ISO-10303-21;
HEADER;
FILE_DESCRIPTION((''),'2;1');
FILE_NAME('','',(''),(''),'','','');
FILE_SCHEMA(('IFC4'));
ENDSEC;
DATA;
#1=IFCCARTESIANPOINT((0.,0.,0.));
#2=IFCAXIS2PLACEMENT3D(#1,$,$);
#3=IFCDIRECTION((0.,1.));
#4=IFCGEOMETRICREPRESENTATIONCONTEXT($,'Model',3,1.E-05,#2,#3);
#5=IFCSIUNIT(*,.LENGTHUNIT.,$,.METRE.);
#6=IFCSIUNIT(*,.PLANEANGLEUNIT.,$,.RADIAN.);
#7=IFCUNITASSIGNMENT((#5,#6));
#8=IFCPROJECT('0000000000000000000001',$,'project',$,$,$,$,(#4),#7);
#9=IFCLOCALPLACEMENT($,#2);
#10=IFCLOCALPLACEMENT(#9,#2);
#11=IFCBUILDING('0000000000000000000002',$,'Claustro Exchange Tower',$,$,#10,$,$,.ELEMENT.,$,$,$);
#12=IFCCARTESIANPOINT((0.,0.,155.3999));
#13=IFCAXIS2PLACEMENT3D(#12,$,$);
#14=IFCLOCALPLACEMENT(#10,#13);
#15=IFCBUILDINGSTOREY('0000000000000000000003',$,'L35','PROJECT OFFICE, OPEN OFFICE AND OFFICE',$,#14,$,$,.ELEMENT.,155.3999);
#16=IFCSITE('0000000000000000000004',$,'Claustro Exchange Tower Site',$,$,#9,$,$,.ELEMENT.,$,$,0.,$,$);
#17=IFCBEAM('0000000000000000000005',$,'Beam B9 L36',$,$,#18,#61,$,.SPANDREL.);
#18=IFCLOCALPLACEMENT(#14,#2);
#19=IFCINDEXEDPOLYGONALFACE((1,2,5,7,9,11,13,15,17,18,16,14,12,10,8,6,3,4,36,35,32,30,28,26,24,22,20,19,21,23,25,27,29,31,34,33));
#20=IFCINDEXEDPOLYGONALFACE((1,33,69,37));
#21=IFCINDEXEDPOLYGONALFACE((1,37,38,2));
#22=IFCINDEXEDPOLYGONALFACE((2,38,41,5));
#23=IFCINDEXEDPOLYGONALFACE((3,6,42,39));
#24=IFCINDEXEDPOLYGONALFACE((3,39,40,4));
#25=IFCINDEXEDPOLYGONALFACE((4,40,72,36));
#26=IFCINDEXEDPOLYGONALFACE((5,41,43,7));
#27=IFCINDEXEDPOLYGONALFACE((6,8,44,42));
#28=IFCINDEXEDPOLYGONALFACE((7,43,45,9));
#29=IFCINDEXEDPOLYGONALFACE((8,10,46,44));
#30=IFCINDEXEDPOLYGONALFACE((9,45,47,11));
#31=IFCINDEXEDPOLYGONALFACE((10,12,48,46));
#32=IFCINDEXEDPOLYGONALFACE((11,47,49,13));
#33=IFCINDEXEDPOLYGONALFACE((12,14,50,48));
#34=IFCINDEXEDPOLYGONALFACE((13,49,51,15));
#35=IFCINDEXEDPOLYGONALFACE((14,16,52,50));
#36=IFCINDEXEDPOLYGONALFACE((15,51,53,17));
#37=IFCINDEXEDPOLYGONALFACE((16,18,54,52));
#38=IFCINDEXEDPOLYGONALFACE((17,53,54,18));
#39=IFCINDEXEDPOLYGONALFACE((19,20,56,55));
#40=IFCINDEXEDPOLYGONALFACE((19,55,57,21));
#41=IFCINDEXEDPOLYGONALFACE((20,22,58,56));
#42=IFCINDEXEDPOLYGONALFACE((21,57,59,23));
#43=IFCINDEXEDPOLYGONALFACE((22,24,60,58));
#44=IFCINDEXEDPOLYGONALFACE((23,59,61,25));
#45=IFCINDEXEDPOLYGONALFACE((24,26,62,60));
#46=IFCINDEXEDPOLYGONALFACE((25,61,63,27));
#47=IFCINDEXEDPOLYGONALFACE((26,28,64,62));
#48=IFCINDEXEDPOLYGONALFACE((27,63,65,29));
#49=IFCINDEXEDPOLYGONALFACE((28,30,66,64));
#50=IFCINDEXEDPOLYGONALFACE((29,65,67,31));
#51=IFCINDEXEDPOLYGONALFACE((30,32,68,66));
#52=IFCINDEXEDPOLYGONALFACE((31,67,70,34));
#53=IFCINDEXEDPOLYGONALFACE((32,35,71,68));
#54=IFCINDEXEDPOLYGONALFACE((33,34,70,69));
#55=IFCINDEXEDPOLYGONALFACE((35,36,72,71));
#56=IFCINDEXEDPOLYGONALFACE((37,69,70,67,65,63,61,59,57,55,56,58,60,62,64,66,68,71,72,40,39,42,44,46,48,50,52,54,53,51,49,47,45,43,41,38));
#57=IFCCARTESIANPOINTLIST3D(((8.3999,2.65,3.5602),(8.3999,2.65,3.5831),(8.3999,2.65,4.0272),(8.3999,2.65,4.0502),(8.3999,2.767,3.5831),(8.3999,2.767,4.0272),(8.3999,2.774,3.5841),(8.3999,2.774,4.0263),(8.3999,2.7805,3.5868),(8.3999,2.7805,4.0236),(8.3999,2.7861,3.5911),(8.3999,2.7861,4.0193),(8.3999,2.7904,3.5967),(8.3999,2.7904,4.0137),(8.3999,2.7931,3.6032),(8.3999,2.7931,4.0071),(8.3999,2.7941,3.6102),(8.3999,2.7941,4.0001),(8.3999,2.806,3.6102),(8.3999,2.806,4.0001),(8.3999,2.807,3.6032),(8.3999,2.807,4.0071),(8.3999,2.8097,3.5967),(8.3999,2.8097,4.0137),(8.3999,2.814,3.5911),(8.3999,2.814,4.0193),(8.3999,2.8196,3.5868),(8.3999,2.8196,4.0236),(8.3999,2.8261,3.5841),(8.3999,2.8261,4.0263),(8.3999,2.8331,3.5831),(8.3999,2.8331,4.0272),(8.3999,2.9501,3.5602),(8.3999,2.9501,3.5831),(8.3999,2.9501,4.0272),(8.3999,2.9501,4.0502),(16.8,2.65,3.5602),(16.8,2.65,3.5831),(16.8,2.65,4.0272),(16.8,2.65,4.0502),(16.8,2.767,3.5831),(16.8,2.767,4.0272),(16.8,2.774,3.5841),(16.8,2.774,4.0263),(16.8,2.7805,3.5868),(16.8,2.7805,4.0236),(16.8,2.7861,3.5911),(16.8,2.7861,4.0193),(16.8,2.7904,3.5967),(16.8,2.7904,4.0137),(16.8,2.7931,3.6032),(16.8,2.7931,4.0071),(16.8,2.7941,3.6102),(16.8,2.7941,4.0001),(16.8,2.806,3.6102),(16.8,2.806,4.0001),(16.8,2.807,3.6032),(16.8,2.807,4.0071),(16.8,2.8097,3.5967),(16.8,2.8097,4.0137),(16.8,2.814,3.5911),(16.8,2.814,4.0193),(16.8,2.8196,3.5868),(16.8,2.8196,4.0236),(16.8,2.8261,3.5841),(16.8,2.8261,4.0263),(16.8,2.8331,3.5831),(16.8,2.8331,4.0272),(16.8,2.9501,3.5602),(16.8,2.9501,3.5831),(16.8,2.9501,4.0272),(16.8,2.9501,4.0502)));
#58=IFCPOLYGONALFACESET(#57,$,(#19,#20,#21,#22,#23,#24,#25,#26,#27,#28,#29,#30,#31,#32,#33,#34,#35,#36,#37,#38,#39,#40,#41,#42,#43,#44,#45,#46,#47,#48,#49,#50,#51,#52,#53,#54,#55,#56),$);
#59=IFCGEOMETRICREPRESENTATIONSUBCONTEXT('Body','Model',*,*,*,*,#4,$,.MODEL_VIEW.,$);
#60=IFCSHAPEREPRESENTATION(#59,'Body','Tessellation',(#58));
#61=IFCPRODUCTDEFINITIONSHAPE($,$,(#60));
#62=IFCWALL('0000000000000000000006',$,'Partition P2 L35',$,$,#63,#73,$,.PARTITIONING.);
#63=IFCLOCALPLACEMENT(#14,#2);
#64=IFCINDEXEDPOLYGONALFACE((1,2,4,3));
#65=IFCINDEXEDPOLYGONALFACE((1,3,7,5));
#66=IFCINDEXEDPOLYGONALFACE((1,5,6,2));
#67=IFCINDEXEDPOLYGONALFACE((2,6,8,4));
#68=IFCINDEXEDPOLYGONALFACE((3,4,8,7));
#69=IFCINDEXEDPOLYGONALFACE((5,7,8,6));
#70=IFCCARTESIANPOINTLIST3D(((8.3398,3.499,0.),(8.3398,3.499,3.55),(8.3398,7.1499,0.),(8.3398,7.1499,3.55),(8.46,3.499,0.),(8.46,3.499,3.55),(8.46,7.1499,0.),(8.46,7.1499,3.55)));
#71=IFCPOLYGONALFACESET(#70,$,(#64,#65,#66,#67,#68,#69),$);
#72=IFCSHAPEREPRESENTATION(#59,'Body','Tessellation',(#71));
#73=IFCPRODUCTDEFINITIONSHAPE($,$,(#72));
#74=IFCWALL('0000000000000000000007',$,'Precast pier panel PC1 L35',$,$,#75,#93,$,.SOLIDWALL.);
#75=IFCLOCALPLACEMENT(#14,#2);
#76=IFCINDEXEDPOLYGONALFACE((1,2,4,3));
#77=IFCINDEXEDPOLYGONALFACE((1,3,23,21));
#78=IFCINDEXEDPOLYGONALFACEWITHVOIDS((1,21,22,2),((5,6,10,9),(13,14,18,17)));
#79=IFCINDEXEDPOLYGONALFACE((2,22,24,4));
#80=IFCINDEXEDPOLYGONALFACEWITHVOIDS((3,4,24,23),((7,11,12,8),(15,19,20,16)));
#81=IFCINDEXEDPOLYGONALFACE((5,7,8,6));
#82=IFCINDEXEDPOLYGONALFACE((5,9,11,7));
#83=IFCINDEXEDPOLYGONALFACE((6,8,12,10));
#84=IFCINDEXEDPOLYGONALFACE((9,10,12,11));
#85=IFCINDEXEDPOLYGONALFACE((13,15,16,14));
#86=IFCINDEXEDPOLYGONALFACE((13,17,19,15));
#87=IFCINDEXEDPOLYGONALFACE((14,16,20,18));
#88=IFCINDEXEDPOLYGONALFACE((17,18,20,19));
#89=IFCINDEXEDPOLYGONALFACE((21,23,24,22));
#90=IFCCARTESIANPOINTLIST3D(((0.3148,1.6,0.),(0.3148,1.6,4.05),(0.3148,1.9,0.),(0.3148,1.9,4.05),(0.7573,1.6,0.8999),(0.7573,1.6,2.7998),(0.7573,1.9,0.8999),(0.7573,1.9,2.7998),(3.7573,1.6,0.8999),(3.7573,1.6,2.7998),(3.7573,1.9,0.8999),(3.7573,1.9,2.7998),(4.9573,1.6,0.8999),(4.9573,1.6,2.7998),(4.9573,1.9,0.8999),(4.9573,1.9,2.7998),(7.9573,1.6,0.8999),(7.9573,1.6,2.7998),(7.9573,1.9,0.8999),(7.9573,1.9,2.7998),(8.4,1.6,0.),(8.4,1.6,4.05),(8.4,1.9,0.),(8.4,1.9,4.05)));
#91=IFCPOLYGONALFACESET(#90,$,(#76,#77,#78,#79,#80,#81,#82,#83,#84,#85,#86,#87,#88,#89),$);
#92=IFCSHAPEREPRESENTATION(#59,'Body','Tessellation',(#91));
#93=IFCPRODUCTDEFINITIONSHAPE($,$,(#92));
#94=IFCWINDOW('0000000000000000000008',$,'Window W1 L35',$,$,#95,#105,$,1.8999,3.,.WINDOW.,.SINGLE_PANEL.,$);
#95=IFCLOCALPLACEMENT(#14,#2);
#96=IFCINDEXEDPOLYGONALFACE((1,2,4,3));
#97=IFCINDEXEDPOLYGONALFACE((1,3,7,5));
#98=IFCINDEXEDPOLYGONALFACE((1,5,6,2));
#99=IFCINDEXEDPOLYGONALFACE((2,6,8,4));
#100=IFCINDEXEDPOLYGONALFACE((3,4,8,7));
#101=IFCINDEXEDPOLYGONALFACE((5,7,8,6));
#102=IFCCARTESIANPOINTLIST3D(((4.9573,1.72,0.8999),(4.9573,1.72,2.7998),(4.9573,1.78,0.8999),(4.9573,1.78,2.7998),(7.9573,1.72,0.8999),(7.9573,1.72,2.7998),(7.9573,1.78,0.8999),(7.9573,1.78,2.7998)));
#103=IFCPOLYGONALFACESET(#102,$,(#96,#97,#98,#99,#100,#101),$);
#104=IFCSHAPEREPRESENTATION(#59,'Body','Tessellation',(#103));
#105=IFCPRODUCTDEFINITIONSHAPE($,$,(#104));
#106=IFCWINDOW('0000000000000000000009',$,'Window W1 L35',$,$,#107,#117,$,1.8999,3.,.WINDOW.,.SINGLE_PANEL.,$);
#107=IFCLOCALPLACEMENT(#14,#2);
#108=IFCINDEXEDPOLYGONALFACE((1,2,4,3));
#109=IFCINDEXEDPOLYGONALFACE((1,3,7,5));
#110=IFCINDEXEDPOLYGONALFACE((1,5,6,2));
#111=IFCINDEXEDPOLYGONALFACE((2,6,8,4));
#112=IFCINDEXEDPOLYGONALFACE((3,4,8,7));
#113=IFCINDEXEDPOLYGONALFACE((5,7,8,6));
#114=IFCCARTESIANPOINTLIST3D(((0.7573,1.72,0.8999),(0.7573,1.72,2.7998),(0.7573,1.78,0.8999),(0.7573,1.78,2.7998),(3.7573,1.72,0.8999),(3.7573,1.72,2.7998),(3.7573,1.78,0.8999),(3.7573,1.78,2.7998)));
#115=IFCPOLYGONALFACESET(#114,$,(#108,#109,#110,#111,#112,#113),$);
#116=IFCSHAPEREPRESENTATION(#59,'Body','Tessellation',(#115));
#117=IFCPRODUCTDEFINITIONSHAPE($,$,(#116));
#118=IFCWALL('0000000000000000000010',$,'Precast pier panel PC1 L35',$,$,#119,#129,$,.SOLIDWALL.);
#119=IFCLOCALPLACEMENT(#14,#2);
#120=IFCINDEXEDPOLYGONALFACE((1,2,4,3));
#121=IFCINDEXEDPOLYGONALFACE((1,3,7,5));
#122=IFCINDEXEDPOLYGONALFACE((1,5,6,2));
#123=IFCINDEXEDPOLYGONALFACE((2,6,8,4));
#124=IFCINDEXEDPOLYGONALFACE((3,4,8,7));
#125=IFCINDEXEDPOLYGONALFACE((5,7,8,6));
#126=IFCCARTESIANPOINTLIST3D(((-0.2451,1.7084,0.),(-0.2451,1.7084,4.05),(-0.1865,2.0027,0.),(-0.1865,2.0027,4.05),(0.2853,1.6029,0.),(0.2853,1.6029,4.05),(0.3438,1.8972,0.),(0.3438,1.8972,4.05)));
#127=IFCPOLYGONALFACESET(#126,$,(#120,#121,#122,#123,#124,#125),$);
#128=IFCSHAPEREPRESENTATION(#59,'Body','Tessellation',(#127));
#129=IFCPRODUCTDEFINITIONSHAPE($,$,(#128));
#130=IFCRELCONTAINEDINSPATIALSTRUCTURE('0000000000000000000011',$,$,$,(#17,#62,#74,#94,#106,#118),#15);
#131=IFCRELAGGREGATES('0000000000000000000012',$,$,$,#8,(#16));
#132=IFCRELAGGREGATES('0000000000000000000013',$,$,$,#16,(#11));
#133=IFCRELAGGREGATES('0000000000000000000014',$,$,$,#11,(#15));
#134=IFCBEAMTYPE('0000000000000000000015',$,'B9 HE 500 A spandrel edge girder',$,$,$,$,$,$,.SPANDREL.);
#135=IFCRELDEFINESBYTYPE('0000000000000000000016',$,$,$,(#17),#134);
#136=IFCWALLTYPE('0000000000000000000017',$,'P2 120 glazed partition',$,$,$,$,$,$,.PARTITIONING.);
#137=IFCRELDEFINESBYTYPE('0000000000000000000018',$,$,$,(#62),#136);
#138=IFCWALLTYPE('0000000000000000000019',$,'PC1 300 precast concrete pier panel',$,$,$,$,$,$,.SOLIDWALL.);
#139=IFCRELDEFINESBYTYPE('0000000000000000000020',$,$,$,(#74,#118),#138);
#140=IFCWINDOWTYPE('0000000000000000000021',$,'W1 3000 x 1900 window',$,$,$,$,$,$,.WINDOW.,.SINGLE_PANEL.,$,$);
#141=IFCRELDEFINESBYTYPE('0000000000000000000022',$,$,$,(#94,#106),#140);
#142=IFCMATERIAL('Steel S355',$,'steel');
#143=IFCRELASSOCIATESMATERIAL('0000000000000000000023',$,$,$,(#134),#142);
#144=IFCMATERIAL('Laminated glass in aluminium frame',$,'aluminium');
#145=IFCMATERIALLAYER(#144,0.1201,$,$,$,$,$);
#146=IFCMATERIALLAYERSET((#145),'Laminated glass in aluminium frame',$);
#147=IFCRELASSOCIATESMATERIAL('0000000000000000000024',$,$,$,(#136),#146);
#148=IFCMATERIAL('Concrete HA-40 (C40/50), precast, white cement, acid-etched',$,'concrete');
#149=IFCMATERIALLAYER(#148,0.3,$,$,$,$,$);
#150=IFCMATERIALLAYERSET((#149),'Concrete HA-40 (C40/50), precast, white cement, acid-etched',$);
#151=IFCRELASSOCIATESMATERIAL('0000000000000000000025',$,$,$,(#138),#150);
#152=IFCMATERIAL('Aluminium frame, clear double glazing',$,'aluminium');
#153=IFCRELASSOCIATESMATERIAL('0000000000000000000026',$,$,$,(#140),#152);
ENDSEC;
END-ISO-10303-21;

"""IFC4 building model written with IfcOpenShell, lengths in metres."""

from ifc_helpers import new_model, si_unit, direction, frame, frame_2d, origin, origin_2d, place, context, subcontext, project, spatial, rectangle, i_section, extrude, material, layer, layer_set, material_profile, profile_set, type_object, element, fill, save


model = new_model("IFC4")

# Units and contexts
model_context = context("Model", 3, precision=1e-05, world=origin(), true_north=direction((0.0, 1.0)))
body_context = subcontext(model_context, "Body", "Model", "MODEL_VIEW")
ifc_project = project(units=[si_unit("LENGTHUNIT", "METRE"), si_unit("PLANEANGLEUNIT", "RADIAN")], contexts=[model_context])

# Site, building, storey
site_placement = place(None, origin())
site = spatial("IfcSite", under=ifc_project, at=site_placement, Name="Claustro Exchange Tower Site", CompositionType="ELEMENT", RefElevation=0.0)
building_placement = place(site_placement, origin())
building = spatial("IfcBuilding", under=site, at=building_placement, Name="Claustro Exchange Tower", CompositionType="ELEMENT")
storey_placement = place(building_placement, frame((0.0, 0.0, 155.3999)))
storey = spatial("IfcBuildingStorey", under=building, at=storey_placement, Name="L35", Description="PROJECT OFFICE, OPEN OFFICE AND OFFICE", CompositionType="ELEMENT", Elevation=155.3999)

# Beam
ifc_material_1 = material(Name="Steel S355", Category="steel")
ifc_material_profile_1 = material_profile(ifc_material_1, i_section(OverallWidth=0.3, OverallDepth=0.49, WebThickness=0.012, FlangeThickness=0.0229, FilletRadius=0.0271, at=origin_2d()), Name="HE 500 A")
ifc_profile_set_1 = profile_set([ifc_material_profile_1], Name="Steel S355")
beam_type_1 = type_object("IfcBeamType", Name="B9 HE 500 A spandrel edge girder", PredefinedType="SPANDREL", material=ifc_profile_set_1)
beam_1_placement = place(storey_placement, frame((8.3999, 2.8, 3.8052), z_axis=(1.0, 0.0, 0.0), x_axis=(0.0, 1.0, 0.0)))
element("IfcBeam", 1, at=beam_1_placement, inside=storey, type_object=beam_type_1, Name="Beam B9 L36", PredefinedType="SPANDREL", context=body_context, shape_type="SweptSolid", body=[
    extrude(i_section(OverallWidth=0.3, OverallDepth=0.49, WebThickness=0.012, FlangeThickness=0.0229, FilletRadius=0.0271, at=origin_2d()), origin(), (0.0, 0.0, 1.0), 8.4001),
])

# Wall
ifc_material_2 = material(Name="Laminated glass in aluminium frame", Category="aluminium")
ifc_layer_1 = layer(ifc_material_2, 0.1201)
ifc_layer_set_1 = layer_set([ifc_layer_1], Name="Laminated glass in aluminium frame")
wall_type_1 = type_object("IfcWallType", Name="P2 120 glazed partition", PredefinedType="PARTITIONING", material=ifc_layer_set_1)
wall_1_placement = place(storey_placement, frame((8.3999, 3.499, 0.0), z_axis=(0.0, 0.0, 1.0), x_axis=(0.0, 1.0, 0.0)))
element("IfcWall", 2, at=wall_1_placement, inside=storey, type_object=wall_type_1, Name="Partition P2 L35", PredefinedType="PARTITIONING", context=body_context, shape_type="SweptSolid", body=[
    extrude(rectangle(XDim=3.6509, YDim=0.1201, at=frame_2d((1.8254, 0.0))), origin(), (0.0, 0.0, 1.0), 3.55),
])

# Wall, openings, windows
ifc_material_3 = material(Name="Concrete HA-40 (C40/50), precast, white cement, acid-etched", Category="concrete")
ifc_layer_2 = layer(ifc_material_3, 0.3)
ifc_layer_set_2 = layer_set([ifc_layer_2], Name="Concrete HA-40 (C40/50), precast, white cement, acid-etched")
wall_type_2 = type_object("IfcWallType", Name="PC1 300 precast concrete pier panel", PredefinedType="SOLIDWALL", material=ifc_layer_set_2)
wall_2_placement = place(storey_placement, frame((8.3999, 1.75, 0.0), z_axis=(0.0, 0.0, 1.0), x_axis=(-1.0, 0.0, 0.0)))
wall_2 = element("IfcWall", 3, at=wall_2_placement, inside=storey, type_object=wall_type_2, Name="Precast pier panel PC1 L35", PredefinedType="SOLIDWALL", context=body_context, shape_type="SweptSolid", body=[
    extrude(rectangle(XDim=8.0852, YDim=0.3, at=frame_2d((4.0425, 0.0))), origin(), (0.0, 0.0, 1.0), 4.05),
])
opening_1_placement = place(wall_2_placement, frame((0.4426, 0.0, 0.8999)))
opening_1 = element("IfcOpeningElement", 4, at=opening_1_placement, cuts=wall_2, PredefinedType="OPENING", context=body_context, shape_type="SweptSolid", body=[
    extrude(rectangle(XDim=3.0, YDim=1.8999, at=frame_2d((1.5, 0.95))), frame((0.0, 0.1599, 0.0), z_axis=(0.0, -1.0, 0.0), x_axis=(1.0, 0.0, 0.0)), (0.0, 0.0, 1.0), 0.3201),
])
opening_2_placement = place(wall_2_placement, frame((4.6426, 0.0, 0.8999)))
opening_2 = element("IfcOpeningElement", 5, at=opening_2_placement, cuts=wall_2, PredefinedType="OPENING", context=body_context, shape_type="SweptSolid", body=[
    extrude(rectangle(XDim=3.0, YDim=1.8999, at=frame_2d((1.5, 0.95))), frame((0.0, 0.1599, 0.0), z_axis=(0.0, -1.0, 0.0), x_axis=(1.0, 0.0, 0.0)), (0.0, 0.0, 1.0), 0.3201),
])
ifc_material_4 = material(Name="Aluminium frame, clear double glazing", Category="aluminium")
window_type = type_object("IfcWindowType", Name="W1 3000 x 1900 window", PartitioningType="SINGLE_PANEL", PredefinedType="WINDOW", material=ifc_material_4)
window_1_placement = place(opening_1_placement, origin())
window_1 = element("IfcWindow", 6, at=window_1_placement, inside=storey, type_object=window_type, Name="Window W1 L35", OverallHeight=1.8999, OverallWidth=3.0, PartitioningType="SINGLE_PANEL", PredefinedType="WINDOW", context=body_context, shape_type="SweptSolid", body=[
    extrude(rectangle(XDim=3.0, YDim=1.8999, at=frame_2d((1.5, 0.95))), frame((0.0, 0.03, 0.0), z_axis=(0.0, -1.0, 0.0), x_axis=(1.0, 0.0, 0.0)), (0.0, 0.0, 1.0), 0.0601),
])
fill(opening_1, window_1)
window_2_placement = place(opening_2_placement, origin())
window_2 = element("IfcWindow", 7, at=window_2_placement, inside=storey, type_object=window_type, Name="Window W1 L35", OverallHeight=1.8999, OverallWidth=3.0, PartitioningType="SINGLE_PANEL", PredefinedType="WINDOW", context=body_context, shape_type="SweptSolid", body=[
    extrude(rectangle(XDim=3.0, YDim=1.8999, at=frame_2d((1.5, 0.95))), frame((0.0, 0.03, 0.0), z_axis=(0.0, -1.0, 0.0), x_axis=(1.0, 0.0, 0.0)), (0.0, 0.0, 1.0), 0.0601),
])
fill(opening_2, window_2)

# Wall
wall_3_placement = place(storey_placement, frame((0.3147, 1.75, 0.0), z_axis=(0.0, 0.0, 1.0), x_axis=(-0.980789, 0.195074, 0.0)))
element("IfcWall", 8, at=wall_3_placement, inside=storey, type_object=wall_type_2, Name="Precast pier panel PC1 L35", PredefinedType="SOLIDWALL", context=body_context, shape_type="SweptSolid", body=[
    extrude(rectangle(XDim=0.5408, YDim=0.3, at=frame_2d((0.2705, 0.0))), origin(), (0.0, 0.0, 1.0), 4.05),
])

save(model, "model.ifc")
